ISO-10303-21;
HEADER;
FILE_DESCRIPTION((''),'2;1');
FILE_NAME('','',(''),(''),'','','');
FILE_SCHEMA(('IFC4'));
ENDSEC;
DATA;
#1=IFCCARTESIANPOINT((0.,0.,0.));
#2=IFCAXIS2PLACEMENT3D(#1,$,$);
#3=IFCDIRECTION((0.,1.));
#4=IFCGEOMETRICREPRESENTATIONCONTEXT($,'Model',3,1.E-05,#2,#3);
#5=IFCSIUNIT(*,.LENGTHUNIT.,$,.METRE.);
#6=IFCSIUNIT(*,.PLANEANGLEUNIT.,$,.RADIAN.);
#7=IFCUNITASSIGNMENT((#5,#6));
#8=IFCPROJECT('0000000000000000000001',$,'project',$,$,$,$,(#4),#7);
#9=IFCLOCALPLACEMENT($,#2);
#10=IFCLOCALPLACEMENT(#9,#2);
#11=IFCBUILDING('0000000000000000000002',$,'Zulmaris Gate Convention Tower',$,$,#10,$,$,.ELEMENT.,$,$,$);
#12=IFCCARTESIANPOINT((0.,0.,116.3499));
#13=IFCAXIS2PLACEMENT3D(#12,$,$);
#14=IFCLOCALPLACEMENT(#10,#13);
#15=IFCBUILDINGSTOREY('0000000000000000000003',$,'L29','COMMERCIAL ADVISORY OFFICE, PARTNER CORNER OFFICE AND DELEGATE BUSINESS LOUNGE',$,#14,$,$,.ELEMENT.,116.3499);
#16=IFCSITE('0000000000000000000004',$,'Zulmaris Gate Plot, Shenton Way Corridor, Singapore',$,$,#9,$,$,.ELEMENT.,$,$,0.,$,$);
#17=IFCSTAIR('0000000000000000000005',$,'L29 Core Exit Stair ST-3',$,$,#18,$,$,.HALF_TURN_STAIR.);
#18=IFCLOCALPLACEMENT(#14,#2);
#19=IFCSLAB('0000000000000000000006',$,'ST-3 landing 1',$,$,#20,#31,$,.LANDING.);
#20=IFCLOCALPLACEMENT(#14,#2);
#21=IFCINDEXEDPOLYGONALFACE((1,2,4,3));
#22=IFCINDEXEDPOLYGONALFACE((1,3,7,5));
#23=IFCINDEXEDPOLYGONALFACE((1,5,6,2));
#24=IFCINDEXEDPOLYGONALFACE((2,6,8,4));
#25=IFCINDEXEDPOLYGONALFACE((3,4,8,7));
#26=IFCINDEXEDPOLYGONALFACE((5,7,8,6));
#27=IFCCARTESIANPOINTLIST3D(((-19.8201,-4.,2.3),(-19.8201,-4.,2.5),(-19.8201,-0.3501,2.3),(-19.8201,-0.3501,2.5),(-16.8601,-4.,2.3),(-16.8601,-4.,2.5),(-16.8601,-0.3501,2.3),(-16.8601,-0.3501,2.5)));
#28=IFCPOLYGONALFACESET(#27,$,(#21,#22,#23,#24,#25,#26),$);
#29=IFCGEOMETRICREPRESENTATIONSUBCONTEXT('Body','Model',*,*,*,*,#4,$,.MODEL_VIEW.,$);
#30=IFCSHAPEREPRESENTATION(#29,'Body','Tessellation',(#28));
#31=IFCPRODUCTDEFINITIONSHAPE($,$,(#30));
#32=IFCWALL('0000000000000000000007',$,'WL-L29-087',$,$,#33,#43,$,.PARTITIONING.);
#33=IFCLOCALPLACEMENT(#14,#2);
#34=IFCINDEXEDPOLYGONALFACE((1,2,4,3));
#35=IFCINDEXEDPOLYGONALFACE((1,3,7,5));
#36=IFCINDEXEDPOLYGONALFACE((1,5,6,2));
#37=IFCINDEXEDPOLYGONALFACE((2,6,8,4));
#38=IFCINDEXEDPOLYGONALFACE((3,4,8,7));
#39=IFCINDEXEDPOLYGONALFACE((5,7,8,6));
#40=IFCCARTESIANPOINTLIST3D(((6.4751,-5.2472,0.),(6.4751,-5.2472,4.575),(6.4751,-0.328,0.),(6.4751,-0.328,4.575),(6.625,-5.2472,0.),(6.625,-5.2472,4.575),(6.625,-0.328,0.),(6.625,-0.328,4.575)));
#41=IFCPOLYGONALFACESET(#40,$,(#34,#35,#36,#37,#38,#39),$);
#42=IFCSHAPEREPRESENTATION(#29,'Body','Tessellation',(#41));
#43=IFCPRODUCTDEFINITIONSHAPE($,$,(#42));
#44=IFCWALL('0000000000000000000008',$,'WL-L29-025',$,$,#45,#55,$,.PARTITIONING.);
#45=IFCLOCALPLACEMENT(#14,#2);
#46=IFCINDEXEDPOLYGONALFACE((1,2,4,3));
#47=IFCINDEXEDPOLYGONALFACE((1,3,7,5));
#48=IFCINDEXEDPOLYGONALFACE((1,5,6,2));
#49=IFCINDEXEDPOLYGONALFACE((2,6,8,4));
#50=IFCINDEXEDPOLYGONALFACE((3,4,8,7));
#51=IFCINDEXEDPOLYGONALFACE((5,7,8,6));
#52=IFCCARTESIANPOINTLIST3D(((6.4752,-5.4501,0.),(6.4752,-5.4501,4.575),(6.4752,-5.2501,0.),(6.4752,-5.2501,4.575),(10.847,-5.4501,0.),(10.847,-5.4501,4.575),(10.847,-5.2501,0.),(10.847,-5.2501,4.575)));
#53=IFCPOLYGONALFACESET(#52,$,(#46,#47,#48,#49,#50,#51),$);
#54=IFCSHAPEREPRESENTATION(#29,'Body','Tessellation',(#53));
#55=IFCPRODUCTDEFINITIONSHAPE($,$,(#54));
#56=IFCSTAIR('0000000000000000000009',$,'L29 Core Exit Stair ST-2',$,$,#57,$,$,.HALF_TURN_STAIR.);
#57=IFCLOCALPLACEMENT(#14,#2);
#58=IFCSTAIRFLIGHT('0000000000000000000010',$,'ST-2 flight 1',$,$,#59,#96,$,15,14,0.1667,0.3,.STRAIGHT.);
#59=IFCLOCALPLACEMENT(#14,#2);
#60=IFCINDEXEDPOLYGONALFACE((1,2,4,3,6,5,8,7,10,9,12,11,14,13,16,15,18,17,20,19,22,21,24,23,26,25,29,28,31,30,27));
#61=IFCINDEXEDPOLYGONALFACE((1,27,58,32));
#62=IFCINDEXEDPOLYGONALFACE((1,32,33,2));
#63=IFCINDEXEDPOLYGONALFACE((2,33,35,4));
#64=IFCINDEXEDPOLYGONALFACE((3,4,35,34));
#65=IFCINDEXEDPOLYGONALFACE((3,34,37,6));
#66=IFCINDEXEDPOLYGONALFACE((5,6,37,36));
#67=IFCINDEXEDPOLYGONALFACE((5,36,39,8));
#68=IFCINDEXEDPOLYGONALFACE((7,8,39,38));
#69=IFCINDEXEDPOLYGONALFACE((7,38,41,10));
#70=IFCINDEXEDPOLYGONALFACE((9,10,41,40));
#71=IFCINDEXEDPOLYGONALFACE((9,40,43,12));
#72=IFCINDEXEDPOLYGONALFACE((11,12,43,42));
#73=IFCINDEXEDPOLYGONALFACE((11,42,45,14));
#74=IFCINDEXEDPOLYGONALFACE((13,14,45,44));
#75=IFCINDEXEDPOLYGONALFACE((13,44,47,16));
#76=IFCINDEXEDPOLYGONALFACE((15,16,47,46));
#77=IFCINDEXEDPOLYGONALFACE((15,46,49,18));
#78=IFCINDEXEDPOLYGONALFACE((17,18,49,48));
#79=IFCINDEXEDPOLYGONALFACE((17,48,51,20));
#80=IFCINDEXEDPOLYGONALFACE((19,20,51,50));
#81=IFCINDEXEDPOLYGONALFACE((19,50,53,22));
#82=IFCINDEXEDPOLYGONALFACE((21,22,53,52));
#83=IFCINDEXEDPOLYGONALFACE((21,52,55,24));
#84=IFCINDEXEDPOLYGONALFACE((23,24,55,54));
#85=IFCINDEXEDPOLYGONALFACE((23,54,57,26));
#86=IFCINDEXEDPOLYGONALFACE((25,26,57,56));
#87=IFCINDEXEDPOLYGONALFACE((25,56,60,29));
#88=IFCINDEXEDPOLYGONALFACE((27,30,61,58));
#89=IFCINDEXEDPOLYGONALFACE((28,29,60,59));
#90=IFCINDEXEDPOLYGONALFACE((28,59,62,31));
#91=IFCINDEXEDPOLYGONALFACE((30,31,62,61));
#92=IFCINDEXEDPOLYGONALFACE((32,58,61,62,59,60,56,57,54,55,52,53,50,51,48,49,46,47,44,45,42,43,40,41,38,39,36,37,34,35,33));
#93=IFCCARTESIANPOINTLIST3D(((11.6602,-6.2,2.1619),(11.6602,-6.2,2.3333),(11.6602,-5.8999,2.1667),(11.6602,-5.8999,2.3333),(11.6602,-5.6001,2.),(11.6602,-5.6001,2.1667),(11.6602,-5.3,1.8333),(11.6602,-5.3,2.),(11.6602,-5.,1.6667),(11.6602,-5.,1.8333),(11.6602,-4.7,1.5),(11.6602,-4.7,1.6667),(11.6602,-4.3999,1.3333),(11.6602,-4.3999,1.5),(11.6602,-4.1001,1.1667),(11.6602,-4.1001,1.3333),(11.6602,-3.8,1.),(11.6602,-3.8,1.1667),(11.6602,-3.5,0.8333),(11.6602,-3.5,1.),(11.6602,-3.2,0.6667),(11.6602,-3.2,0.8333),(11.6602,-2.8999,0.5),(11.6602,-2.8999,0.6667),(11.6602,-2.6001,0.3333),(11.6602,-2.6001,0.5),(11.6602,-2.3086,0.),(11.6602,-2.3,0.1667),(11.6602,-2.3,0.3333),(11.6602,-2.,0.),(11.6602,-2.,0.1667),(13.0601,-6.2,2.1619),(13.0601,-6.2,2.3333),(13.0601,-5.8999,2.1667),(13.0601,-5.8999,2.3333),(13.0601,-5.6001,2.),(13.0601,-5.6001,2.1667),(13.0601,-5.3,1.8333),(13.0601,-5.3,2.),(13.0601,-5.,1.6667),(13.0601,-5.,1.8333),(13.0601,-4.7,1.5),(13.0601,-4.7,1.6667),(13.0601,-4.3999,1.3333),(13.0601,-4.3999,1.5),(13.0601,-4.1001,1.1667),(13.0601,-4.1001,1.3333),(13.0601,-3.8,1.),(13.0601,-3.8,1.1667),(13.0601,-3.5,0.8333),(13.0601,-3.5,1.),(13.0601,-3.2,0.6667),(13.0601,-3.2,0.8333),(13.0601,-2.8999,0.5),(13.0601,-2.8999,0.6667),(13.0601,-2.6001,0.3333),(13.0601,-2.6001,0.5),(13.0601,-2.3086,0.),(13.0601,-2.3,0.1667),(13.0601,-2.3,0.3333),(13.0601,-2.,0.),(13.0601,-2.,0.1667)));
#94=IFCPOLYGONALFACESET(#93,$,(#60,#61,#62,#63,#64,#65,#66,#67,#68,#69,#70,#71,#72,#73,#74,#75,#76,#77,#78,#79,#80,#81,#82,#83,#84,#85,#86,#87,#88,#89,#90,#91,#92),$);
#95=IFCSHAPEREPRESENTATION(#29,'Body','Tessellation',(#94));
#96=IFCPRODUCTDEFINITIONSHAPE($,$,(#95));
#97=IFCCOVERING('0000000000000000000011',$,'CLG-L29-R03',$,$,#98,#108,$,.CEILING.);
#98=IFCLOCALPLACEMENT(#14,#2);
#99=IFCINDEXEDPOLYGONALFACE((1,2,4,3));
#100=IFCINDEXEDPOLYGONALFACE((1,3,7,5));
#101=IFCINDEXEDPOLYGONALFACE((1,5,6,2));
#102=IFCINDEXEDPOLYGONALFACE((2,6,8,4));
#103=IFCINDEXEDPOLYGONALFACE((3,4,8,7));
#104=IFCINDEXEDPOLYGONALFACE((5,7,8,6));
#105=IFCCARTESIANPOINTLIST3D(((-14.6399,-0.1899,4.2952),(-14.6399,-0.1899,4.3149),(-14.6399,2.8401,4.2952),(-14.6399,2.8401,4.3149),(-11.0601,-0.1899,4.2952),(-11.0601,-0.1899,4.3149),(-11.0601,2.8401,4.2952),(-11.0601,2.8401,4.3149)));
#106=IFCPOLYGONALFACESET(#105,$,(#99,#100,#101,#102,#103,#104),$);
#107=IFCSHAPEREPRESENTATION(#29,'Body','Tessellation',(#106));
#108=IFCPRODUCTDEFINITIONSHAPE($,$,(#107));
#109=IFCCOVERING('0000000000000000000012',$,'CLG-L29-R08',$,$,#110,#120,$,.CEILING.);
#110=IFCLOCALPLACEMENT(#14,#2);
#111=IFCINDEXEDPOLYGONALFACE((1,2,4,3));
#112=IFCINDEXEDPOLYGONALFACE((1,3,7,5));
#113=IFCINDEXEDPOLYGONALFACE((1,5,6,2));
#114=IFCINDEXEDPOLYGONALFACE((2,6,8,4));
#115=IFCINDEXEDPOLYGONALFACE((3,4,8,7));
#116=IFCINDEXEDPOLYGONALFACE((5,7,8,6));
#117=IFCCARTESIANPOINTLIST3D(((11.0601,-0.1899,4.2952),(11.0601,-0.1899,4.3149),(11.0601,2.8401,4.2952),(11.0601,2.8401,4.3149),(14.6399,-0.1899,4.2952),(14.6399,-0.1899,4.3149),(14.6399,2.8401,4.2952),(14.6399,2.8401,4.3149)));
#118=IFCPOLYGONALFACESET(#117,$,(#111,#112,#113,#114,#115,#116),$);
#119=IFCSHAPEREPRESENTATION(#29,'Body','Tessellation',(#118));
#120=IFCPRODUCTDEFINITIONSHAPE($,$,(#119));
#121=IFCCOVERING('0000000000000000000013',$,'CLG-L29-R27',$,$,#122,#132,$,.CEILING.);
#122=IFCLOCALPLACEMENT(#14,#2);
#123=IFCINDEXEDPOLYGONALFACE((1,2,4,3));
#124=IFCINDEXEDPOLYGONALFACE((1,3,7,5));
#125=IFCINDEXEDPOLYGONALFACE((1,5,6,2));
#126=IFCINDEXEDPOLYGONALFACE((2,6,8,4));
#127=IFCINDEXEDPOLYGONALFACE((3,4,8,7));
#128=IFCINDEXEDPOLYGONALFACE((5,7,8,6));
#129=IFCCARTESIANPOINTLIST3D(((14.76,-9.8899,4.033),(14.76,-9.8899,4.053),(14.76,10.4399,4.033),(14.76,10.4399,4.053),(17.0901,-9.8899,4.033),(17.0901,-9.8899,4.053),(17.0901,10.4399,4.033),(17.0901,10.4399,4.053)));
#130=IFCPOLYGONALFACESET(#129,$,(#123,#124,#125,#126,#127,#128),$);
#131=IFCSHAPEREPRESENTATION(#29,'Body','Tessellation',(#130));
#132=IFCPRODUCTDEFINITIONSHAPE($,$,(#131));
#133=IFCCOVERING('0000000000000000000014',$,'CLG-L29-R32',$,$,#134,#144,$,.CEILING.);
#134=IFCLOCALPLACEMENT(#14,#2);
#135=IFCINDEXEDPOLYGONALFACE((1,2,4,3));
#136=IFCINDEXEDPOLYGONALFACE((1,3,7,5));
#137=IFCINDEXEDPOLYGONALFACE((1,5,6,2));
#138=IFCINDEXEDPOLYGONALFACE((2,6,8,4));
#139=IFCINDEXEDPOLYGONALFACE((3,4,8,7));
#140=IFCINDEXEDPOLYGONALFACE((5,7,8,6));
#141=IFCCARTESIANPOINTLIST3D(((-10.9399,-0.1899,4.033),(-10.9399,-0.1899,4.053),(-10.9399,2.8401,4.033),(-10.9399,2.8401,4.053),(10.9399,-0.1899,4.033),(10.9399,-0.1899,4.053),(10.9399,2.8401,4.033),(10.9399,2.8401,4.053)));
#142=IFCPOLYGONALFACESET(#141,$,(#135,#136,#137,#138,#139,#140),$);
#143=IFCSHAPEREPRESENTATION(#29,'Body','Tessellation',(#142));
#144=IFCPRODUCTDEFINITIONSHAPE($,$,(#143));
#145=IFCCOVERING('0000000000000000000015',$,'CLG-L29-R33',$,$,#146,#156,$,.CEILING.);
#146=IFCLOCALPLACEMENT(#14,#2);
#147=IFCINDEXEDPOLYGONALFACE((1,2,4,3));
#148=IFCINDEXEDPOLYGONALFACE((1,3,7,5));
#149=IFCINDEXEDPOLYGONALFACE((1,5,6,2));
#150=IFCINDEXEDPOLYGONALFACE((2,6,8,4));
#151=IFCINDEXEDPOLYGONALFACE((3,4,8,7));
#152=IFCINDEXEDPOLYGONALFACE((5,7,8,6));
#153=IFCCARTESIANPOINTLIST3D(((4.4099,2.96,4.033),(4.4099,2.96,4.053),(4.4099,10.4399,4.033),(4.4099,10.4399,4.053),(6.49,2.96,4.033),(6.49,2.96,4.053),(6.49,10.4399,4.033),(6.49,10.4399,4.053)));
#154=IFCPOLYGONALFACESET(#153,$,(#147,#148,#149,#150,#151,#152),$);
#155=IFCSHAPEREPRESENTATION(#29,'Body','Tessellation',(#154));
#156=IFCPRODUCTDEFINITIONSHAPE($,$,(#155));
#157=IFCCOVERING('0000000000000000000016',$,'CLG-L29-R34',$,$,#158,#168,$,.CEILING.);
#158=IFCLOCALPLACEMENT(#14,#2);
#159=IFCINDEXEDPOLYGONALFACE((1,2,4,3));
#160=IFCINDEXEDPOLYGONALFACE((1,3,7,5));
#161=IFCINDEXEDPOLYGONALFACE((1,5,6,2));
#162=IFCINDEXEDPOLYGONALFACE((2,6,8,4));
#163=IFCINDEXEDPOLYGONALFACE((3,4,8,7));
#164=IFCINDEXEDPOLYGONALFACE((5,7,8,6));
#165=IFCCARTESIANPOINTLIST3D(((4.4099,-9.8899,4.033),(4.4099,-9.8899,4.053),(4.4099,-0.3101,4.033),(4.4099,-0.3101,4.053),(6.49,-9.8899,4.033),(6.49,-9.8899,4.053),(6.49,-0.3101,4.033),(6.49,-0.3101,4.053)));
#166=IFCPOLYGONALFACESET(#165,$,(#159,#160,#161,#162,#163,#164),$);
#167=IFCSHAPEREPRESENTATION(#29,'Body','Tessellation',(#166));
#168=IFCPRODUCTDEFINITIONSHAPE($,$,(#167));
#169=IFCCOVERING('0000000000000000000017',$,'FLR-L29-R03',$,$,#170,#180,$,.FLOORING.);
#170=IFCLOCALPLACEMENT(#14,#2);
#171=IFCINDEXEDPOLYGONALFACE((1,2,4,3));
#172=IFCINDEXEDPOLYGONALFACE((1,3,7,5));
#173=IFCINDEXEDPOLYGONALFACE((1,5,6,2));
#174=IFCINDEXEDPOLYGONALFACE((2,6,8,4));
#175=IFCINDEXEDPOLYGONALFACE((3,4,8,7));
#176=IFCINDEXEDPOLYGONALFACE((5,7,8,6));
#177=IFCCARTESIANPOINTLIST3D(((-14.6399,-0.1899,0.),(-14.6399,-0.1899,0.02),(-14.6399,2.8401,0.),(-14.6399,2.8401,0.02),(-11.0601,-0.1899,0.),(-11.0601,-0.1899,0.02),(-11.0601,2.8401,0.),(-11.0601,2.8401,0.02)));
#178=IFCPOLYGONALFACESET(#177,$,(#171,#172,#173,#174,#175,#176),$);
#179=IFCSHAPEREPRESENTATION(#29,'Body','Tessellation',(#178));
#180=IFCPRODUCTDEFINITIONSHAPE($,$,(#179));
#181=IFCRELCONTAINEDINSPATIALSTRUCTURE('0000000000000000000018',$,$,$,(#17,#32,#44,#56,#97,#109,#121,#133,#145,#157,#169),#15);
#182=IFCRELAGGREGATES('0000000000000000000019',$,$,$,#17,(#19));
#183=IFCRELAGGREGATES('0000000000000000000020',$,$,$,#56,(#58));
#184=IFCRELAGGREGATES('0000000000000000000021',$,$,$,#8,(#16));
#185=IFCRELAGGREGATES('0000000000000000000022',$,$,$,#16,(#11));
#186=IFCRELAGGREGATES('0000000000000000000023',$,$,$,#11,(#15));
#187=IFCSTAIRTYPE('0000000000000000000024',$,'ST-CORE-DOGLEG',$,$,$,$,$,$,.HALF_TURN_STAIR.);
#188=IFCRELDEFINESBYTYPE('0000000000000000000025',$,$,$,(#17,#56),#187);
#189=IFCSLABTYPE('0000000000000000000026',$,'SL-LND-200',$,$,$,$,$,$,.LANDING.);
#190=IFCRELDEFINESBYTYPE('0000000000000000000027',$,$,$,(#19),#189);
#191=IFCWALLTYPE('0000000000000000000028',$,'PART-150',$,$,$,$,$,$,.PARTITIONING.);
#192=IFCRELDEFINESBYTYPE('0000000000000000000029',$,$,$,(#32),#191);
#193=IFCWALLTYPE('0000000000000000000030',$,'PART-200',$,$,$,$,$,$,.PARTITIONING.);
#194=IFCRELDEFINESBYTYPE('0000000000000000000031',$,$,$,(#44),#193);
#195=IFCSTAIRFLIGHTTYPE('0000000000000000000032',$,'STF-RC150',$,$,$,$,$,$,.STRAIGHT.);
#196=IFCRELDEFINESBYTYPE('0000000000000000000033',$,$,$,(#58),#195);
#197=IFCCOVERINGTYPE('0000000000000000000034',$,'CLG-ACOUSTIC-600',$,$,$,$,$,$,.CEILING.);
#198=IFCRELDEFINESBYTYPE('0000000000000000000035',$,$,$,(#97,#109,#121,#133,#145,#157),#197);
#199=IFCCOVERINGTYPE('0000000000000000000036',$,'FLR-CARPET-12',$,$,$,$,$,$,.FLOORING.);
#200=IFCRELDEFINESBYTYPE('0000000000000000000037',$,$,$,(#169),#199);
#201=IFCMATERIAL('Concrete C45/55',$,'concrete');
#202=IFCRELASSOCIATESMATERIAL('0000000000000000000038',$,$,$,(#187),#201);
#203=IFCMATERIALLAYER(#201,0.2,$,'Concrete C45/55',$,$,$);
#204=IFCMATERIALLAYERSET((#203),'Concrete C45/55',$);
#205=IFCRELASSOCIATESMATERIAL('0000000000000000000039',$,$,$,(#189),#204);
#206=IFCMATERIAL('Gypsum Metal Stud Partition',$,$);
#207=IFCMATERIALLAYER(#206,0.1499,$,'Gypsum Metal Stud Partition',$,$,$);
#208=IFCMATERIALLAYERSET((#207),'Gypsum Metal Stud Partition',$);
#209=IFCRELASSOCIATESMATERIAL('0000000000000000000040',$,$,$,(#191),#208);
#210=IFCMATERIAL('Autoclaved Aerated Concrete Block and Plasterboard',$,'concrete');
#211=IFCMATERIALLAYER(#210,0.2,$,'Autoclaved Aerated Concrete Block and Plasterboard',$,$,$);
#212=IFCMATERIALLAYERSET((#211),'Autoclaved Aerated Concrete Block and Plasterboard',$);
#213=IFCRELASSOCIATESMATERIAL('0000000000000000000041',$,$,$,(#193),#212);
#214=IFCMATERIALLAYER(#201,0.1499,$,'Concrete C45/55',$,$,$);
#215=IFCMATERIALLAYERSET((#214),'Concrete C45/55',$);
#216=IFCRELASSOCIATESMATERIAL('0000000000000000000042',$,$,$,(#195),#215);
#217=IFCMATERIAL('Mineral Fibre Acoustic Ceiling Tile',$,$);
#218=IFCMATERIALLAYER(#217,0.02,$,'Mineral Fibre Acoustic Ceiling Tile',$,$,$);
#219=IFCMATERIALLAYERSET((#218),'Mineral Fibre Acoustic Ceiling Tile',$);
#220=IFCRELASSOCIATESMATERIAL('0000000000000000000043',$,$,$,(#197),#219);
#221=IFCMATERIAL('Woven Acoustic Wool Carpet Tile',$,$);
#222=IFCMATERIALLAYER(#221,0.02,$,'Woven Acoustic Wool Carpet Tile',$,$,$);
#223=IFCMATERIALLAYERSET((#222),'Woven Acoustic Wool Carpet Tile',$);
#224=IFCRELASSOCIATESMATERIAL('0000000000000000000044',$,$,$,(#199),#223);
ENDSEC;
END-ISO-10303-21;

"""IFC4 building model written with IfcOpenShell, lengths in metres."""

from ifc_helpers import new_model, si_unit, direction, frame, frame_2d, origin, place, context, subcontext, project, spatial, polyline, rectangle, outline, extrude, material, layer, layer_set, type_object, element, aggregate, save


model = new_model("IFC4")

# Units and contexts
model_context = context("Model", 3, precision=1e-05, world=origin(), true_north=direction((0.0, 1.0)))
body_context = subcontext(model_context, "Body", "Model", "MODEL_VIEW")
ifc_project = project(units=[si_unit("LENGTHUNIT", "METRE"), si_unit("PLANEANGLEUNIT", "RADIAN")], contexts=[model_context])

# Site, building, storey
site_placement = place(None, origin())
site = spatial("IfcSite", under=ifc_project, at=site_placement, Name="Zulmaris Gate Plot, Shenton Way Corridor, Singapore", CompositionType="ELEMENT", RefElevation=0.0)
building_placement = place(site_placement, origin())
building = spatial("IfcBuilding", under=site, at=building_placement, Name="Zulmaris Gate Convention Tower", CompositionType="ELEMENT")
storey_placement = place(building_placement, frame((0.0, 0.0, 116.3499)))
storey = spatial("IfcBuildingStorey", under=building, at=storey_placement, Name="L29", Description="COMMERCIAL ADVISORY OFFICE, PARTNER CORNER OFFICE AND DELEGATE BUSINESS LOUNGE", CompositionType="ELEMENT", Elevation=116.3499)

# Stair, slab
ifc_material_1 = material(Name="Concrete C45/55", Category="concrete")
stair_type = type_object("IfcStairType", Name="ST-CORE-DOGLEG", PredefinedType="HALF_TURN_STAIR", material=ifc_material_1)
stair_1_placement = place(storey_placement, origin())
stair_1 = element("IfcStair", 1, at=stair_1_placement, inside=storey, type_object=stair_type, Name="L29 Core Exit Stair ST-3", PredefinedType="HALF_TURN_STAIR")
ifc_layer_1 = layer(ifc_material_1, 0.2, Name="Concrete C45/55")
ifc_layer_set_1 = layer_set([ifc_layer_1], Name="Concrete C45/55")
slab_type = type_object("IfcSlabType", Name="SL-LND-200", PredefinedType="LANDING", material=ifc_layer_set_1)
slab_placement = place(storey_placement, frame((0.0, 0.0, 2.3)))
slab = element("IfcSlab", 2, at=slab_placement, type_object=slab_type, Name="ST-3 landing 1", PredefinedType="LANDING", context=body_context, shape_type="SweptSolid", body=[
    extrude(outline(polyline([(-16.8601, -4.0), (-16.8601, -0.3501), (-19.8201, -0.3501), (-19.8201, -4.0), (-16.8601, -4.0)])), origin(), (0.0, 0.0, 1.0), 0.2),
])
aggregate(stair_1, [slab])

# Walls
ifc_material_2 = material(Name="Gypsum Metal Stud Partition")
ifc_layer_2 = layer(ifc_material_2, 0.1499, Name="Gypsum Metal Stud Partition")
ifc_layer_set_2 = layer_set([ifc_layer_2], Name="Gypsum Metal Stud Partition")
wall_type_1 = type_object("IfcWallType", Name="PART-150", PredefinedType="PARTITIONING", material=ifc_layer_set_2)
wall_1_placement = place(storey_placement, frame((6.55, -5.2471, 0.0), z_axis=(0.0, 0.0, 1.0), x_axis=(0.0, 1.0, 0.0)))
element("IfcWall", 3, at=wall_1_placement, inside=storey, type_object=wall_type_1, Name="WL-L29-087", PredefinedType="PARTITIONING", context=body_context, shape_type="SweptSolid", body=[
    extrude(rectangle(XDim=4.9192, YDim=0.1499, at=frame_2d((2.4595, 0.0))), origin(), (0.0, 0.0, 1.0), 4.575),
])
ifc_material_3 = material(Name="Autoclaved Aerated Concrete Block and Plasterboard", Category="concrete")
ifc_layer_3 = layer(ifc_material_3, 0.2, Name="Autoclaved Aerated Concrete Block and Plasterboard")
ifc_layer_set_3 = layer_set([ifc_layer_3], Name="Autoclaved Aerated Concrete Block and Plasterboard")
wall_type_2 = type_object("IfcWallType", Name="PART-200", PredefinedType="PARTITIONING", material=ifc_layer_set_3)
wall_2_placement = place(storey_placement, frame((6.4751, -5.3501, 0.0), z_axis=(0.0, 0.0, 1.0), x_axis=(1.0, 0.0, 0.0)))
element("IfcWall", 4, at=wall_2_placement, inside=storey, type_object=wall_type_2, Name="WL-L29-025", PredefinedType="PARTITIONING", context=body_context, shape_type="SweptSolid", body=[
    extrude(rectangle(XDim=4.3718, YDim=0.2, at=frame_2d((2.186, 0.0))), origin(), (0.0, 0.0, 1.0), 4.575),
])

# Stair, stair flight
stair_2_placement = place(storey_placement, origin())
stair_2 = element("IfcStair", 5, at=stair_2_placement, inside=storey, type_object=stair_type, Name="L29 Core Exit Stair ST-2", PredefinedType="HALF_TURN_STAIR")
ifc_layer_4 = layer(ifc_material_1, 0.1499, Name="Concrete C45/55")
ifc_layer_set_4 = layer_set([ifc_layer_4], Name="Concrete C45/55")
stair_flight_type = type_object("IfcStairFlightType", Name="STF-RC150", PredefinedType="STRAIGHT", material=ifc_layer_set_4)
stair_flight_placement = place(storey_placement, frame((12.3601, -2.0, 0.0), z_axis=(0.0, 0.0, 1.0), x_axis=(0.0, -1.0, 0.0)))
stair_flight = element("IfcStairFlight", 6, at=stair_flight_placement, type_object=stair_flight_type, Name="ST-2 flight 1", NumberOfRisers=15, NumberOfTreads=14, PredefinedType="STRAIGHT", RiserHeight=0.1667, TreadLength=0.3, context=body_context, shape_type="SweptSolid", body=[
    extrude(outline(polyline([(0.0, 0.0), (0.0, 0.1667), (0.3, 0.1667), (0.3, 0.3333), (0.6001, 0.3333), (0.6001, 0.5), (0.8999, 0.5), (0.8999, 0.6667), (1.2, 0.6667), (1.2, 0.8333), (1.5, 0.8333), (1.5, 1.0), (1.8, 1.0), (1.8, 1.1667), (2.1001, 1.1667), (2.1001, 1.3333), (2.3999, 1.3333), (2.3999, 1.5), (2.7, 1.5), (2.7, 1.6667), (3.0, 1.6667), (3.0, 1.8333), (3.3, 1.8333), (3.3, 2.0), (3.6001, 2.0), (3.6001, 2.1667), (3.8999, 2.1667), (3.8999, 2.3333), (4.2, 2.3333), (4.2, 2.5), (4.2, 2.1619), (0.3086, 0.0), (0.0, 0.0)])), frame((0.0, 0.7, 0.0), z_axis=(0.0, -1.0, 0.0), x_axis=(1.0, 0.0, 0.0)), (0.0, 0.0, 1.0), 1.3999),
])
aggregate(stair_2, [stair_flight])

# Coverings
ifc_material_4 = material(Name="Mineral Fibre Acoustic Ceiling Tile")
ifc_layer_5 = layer(ifc_material_4, 0.02, Name="Mineral Fibre Acoustic Ceiling Tile")
ifc_layer_set_5 = layer_set([ifc_layer_5], Name="Mineral Fibre Acoustic Ceiling Tile")
covering_type_1 = type_object("IfcCoveringType", Name="CLG-ACOUSTIC-600", PredefinedType="CEILING", material=ifc_layer_set_5)
covering_1_placement = place(storey_placement, frame((0.0, 0.0, 4.2952)))
element("IfcCovering", 7, at=covering_1_placement, inside=storey, type_object=covering_type_1, Name="CLG-L29-R03", PredefinedType="CEILING", context=body_context, shape_type="SweptSolid", body=[
    extrude(outline(polyline([(-14.6399, -0.1899), (-11.0601, -0.1899), (-11.0601, 2.8401), (-14.6399, 2.8401), (-14.6399, -0.1899)])), origin(), (0.0, 0.0, 1.0), 0.0198),
])
covering_2_placement = place(storey_placement, frame((0.0, 0.0, 4.2952)))
element("IfcCovering", 8, at=covering_2_placement, inside=storey, type_object=covering_type_1, Name="CLG-L29-R08", PredefinedType="CEILING", context=body_context, shape_type="SweptSolid", body=[
    extrude(outline(polyline([(11.0601, -0.1899), (14.6399, -0.1899), (14.6399, 2.8401), (11.0601, 2.8401), (11.0601, -0.1899)])), origin(), (0.0, 0.0, 1.0), 0.0198),
])
covering_3_placement = place(storey_placement, frame((0.0, 0.0, 4.033)))
element("IfcCovering", 9, at=covering_3_placement, inside=storey, type_object=covering_type_1, Name="CLG-L29-R27", PredefinedType="CEILING", context=body_context, shape_type="SweptSolid", body=[
    extrude(outline(polyline([(14.76, -9.8899), (17.0901, -9.8899), (17.0901, 10.4399), (14.76, 10.4399), (14.76, -9.8899)])), origin(), (0.0, 0.0, 1.0), 0.02),
])
covering_4_placement = place(storey_placement, frame((0.0, 0.0, 4.033)))
element("IfcCovering", 10, at=covering_4_placement, inside=storey, type_object=covering_type_1, Name="CLG-L29-R32", PredefinedType="CEILING", context=body_context, shape_type="SweptSolid", body=[
    extrude(outline(polyline([(-10.9399, -0.1899), (10.9399, -0.1899), (10.9399, 2.8401), (-10.9399, 2.8401), (-10.9399, -0.1899)])), origin(), (0.0, 0.0, 1.0), 0.02),
])
covering_5_placement = place(storey_placement, frame((0.0, 0.0, 4.033)))
element("IfcCovering", 11, at=covering_5_placement, inside=storey, type_object=covering_type_1, Name="CLG-L29-R33", PredefinedType="CEILING", context=body_context, shape_type="SweptSolid", body=[
    extrude(outline(polyline([(4.4099, 2.96), (6.49, 2.96), (6.49, 10.4399), (4.4099, 10.4399), (4.4099, 2.96)])), origin(), (0.0, 0.0, 1.0), 0.02),
])
covering_6_placement = place(storey_placement, frame((0.0, 0.0, 4.033)))
element("IfcCovering", 12, at=covering_6_placement, inside=storey, type_object=covering_type_1, Name="CLG-L29-R34", PredefinedType="CEILING", context=body_context, shape_type="SweptSolid", body=[
    extrude(outline(polyline([(4.4099, -9.8899), (6.49, -9.8899), (6.49, -0.3101), (4.4099, -0.3101), (4.4099, -9.8899)])), origin(), (0.0, 0.0, 1.0), 0.02),
])
ifc_material_5 = material(Name="Woven Acoustic Wool Carpet Tile")
ifc_layer_6 = layer(ifc_material_5, 0.02, Name="Woven Acoustic Wool Carpet Tile")
ifc_layer_set_6 = layer_set([ifc_layer_6], Name="Woven Acoustic Wool Carpet Tile")
covering_type_2 = type_object("IfcCoveringType", Name="FLR-CARPET-12", PredefinedType="FLOORING", material=ifc_layer_set_6)
covering_7_placement = place(storey_placement, origin())
element("IfcCovering", 13, at=covering_7_placement, inside=storey, type_object=covering_type_2, Name="FLR-L29-R03", PredefinedType="FLOORING", context=body_context, shape_type="SweptSolid", body=[
    extrude(outline(polyline([(-14.6399, -0.1899), (-11.0601, -0.1899), (-11.0601, 2.8401), (-14.6399, 2.8401), (-14.6399, -0.1899)])), origin(), (0.0, 0.0, 1.0), 0.02),
])

save(model, "model.ifc")
